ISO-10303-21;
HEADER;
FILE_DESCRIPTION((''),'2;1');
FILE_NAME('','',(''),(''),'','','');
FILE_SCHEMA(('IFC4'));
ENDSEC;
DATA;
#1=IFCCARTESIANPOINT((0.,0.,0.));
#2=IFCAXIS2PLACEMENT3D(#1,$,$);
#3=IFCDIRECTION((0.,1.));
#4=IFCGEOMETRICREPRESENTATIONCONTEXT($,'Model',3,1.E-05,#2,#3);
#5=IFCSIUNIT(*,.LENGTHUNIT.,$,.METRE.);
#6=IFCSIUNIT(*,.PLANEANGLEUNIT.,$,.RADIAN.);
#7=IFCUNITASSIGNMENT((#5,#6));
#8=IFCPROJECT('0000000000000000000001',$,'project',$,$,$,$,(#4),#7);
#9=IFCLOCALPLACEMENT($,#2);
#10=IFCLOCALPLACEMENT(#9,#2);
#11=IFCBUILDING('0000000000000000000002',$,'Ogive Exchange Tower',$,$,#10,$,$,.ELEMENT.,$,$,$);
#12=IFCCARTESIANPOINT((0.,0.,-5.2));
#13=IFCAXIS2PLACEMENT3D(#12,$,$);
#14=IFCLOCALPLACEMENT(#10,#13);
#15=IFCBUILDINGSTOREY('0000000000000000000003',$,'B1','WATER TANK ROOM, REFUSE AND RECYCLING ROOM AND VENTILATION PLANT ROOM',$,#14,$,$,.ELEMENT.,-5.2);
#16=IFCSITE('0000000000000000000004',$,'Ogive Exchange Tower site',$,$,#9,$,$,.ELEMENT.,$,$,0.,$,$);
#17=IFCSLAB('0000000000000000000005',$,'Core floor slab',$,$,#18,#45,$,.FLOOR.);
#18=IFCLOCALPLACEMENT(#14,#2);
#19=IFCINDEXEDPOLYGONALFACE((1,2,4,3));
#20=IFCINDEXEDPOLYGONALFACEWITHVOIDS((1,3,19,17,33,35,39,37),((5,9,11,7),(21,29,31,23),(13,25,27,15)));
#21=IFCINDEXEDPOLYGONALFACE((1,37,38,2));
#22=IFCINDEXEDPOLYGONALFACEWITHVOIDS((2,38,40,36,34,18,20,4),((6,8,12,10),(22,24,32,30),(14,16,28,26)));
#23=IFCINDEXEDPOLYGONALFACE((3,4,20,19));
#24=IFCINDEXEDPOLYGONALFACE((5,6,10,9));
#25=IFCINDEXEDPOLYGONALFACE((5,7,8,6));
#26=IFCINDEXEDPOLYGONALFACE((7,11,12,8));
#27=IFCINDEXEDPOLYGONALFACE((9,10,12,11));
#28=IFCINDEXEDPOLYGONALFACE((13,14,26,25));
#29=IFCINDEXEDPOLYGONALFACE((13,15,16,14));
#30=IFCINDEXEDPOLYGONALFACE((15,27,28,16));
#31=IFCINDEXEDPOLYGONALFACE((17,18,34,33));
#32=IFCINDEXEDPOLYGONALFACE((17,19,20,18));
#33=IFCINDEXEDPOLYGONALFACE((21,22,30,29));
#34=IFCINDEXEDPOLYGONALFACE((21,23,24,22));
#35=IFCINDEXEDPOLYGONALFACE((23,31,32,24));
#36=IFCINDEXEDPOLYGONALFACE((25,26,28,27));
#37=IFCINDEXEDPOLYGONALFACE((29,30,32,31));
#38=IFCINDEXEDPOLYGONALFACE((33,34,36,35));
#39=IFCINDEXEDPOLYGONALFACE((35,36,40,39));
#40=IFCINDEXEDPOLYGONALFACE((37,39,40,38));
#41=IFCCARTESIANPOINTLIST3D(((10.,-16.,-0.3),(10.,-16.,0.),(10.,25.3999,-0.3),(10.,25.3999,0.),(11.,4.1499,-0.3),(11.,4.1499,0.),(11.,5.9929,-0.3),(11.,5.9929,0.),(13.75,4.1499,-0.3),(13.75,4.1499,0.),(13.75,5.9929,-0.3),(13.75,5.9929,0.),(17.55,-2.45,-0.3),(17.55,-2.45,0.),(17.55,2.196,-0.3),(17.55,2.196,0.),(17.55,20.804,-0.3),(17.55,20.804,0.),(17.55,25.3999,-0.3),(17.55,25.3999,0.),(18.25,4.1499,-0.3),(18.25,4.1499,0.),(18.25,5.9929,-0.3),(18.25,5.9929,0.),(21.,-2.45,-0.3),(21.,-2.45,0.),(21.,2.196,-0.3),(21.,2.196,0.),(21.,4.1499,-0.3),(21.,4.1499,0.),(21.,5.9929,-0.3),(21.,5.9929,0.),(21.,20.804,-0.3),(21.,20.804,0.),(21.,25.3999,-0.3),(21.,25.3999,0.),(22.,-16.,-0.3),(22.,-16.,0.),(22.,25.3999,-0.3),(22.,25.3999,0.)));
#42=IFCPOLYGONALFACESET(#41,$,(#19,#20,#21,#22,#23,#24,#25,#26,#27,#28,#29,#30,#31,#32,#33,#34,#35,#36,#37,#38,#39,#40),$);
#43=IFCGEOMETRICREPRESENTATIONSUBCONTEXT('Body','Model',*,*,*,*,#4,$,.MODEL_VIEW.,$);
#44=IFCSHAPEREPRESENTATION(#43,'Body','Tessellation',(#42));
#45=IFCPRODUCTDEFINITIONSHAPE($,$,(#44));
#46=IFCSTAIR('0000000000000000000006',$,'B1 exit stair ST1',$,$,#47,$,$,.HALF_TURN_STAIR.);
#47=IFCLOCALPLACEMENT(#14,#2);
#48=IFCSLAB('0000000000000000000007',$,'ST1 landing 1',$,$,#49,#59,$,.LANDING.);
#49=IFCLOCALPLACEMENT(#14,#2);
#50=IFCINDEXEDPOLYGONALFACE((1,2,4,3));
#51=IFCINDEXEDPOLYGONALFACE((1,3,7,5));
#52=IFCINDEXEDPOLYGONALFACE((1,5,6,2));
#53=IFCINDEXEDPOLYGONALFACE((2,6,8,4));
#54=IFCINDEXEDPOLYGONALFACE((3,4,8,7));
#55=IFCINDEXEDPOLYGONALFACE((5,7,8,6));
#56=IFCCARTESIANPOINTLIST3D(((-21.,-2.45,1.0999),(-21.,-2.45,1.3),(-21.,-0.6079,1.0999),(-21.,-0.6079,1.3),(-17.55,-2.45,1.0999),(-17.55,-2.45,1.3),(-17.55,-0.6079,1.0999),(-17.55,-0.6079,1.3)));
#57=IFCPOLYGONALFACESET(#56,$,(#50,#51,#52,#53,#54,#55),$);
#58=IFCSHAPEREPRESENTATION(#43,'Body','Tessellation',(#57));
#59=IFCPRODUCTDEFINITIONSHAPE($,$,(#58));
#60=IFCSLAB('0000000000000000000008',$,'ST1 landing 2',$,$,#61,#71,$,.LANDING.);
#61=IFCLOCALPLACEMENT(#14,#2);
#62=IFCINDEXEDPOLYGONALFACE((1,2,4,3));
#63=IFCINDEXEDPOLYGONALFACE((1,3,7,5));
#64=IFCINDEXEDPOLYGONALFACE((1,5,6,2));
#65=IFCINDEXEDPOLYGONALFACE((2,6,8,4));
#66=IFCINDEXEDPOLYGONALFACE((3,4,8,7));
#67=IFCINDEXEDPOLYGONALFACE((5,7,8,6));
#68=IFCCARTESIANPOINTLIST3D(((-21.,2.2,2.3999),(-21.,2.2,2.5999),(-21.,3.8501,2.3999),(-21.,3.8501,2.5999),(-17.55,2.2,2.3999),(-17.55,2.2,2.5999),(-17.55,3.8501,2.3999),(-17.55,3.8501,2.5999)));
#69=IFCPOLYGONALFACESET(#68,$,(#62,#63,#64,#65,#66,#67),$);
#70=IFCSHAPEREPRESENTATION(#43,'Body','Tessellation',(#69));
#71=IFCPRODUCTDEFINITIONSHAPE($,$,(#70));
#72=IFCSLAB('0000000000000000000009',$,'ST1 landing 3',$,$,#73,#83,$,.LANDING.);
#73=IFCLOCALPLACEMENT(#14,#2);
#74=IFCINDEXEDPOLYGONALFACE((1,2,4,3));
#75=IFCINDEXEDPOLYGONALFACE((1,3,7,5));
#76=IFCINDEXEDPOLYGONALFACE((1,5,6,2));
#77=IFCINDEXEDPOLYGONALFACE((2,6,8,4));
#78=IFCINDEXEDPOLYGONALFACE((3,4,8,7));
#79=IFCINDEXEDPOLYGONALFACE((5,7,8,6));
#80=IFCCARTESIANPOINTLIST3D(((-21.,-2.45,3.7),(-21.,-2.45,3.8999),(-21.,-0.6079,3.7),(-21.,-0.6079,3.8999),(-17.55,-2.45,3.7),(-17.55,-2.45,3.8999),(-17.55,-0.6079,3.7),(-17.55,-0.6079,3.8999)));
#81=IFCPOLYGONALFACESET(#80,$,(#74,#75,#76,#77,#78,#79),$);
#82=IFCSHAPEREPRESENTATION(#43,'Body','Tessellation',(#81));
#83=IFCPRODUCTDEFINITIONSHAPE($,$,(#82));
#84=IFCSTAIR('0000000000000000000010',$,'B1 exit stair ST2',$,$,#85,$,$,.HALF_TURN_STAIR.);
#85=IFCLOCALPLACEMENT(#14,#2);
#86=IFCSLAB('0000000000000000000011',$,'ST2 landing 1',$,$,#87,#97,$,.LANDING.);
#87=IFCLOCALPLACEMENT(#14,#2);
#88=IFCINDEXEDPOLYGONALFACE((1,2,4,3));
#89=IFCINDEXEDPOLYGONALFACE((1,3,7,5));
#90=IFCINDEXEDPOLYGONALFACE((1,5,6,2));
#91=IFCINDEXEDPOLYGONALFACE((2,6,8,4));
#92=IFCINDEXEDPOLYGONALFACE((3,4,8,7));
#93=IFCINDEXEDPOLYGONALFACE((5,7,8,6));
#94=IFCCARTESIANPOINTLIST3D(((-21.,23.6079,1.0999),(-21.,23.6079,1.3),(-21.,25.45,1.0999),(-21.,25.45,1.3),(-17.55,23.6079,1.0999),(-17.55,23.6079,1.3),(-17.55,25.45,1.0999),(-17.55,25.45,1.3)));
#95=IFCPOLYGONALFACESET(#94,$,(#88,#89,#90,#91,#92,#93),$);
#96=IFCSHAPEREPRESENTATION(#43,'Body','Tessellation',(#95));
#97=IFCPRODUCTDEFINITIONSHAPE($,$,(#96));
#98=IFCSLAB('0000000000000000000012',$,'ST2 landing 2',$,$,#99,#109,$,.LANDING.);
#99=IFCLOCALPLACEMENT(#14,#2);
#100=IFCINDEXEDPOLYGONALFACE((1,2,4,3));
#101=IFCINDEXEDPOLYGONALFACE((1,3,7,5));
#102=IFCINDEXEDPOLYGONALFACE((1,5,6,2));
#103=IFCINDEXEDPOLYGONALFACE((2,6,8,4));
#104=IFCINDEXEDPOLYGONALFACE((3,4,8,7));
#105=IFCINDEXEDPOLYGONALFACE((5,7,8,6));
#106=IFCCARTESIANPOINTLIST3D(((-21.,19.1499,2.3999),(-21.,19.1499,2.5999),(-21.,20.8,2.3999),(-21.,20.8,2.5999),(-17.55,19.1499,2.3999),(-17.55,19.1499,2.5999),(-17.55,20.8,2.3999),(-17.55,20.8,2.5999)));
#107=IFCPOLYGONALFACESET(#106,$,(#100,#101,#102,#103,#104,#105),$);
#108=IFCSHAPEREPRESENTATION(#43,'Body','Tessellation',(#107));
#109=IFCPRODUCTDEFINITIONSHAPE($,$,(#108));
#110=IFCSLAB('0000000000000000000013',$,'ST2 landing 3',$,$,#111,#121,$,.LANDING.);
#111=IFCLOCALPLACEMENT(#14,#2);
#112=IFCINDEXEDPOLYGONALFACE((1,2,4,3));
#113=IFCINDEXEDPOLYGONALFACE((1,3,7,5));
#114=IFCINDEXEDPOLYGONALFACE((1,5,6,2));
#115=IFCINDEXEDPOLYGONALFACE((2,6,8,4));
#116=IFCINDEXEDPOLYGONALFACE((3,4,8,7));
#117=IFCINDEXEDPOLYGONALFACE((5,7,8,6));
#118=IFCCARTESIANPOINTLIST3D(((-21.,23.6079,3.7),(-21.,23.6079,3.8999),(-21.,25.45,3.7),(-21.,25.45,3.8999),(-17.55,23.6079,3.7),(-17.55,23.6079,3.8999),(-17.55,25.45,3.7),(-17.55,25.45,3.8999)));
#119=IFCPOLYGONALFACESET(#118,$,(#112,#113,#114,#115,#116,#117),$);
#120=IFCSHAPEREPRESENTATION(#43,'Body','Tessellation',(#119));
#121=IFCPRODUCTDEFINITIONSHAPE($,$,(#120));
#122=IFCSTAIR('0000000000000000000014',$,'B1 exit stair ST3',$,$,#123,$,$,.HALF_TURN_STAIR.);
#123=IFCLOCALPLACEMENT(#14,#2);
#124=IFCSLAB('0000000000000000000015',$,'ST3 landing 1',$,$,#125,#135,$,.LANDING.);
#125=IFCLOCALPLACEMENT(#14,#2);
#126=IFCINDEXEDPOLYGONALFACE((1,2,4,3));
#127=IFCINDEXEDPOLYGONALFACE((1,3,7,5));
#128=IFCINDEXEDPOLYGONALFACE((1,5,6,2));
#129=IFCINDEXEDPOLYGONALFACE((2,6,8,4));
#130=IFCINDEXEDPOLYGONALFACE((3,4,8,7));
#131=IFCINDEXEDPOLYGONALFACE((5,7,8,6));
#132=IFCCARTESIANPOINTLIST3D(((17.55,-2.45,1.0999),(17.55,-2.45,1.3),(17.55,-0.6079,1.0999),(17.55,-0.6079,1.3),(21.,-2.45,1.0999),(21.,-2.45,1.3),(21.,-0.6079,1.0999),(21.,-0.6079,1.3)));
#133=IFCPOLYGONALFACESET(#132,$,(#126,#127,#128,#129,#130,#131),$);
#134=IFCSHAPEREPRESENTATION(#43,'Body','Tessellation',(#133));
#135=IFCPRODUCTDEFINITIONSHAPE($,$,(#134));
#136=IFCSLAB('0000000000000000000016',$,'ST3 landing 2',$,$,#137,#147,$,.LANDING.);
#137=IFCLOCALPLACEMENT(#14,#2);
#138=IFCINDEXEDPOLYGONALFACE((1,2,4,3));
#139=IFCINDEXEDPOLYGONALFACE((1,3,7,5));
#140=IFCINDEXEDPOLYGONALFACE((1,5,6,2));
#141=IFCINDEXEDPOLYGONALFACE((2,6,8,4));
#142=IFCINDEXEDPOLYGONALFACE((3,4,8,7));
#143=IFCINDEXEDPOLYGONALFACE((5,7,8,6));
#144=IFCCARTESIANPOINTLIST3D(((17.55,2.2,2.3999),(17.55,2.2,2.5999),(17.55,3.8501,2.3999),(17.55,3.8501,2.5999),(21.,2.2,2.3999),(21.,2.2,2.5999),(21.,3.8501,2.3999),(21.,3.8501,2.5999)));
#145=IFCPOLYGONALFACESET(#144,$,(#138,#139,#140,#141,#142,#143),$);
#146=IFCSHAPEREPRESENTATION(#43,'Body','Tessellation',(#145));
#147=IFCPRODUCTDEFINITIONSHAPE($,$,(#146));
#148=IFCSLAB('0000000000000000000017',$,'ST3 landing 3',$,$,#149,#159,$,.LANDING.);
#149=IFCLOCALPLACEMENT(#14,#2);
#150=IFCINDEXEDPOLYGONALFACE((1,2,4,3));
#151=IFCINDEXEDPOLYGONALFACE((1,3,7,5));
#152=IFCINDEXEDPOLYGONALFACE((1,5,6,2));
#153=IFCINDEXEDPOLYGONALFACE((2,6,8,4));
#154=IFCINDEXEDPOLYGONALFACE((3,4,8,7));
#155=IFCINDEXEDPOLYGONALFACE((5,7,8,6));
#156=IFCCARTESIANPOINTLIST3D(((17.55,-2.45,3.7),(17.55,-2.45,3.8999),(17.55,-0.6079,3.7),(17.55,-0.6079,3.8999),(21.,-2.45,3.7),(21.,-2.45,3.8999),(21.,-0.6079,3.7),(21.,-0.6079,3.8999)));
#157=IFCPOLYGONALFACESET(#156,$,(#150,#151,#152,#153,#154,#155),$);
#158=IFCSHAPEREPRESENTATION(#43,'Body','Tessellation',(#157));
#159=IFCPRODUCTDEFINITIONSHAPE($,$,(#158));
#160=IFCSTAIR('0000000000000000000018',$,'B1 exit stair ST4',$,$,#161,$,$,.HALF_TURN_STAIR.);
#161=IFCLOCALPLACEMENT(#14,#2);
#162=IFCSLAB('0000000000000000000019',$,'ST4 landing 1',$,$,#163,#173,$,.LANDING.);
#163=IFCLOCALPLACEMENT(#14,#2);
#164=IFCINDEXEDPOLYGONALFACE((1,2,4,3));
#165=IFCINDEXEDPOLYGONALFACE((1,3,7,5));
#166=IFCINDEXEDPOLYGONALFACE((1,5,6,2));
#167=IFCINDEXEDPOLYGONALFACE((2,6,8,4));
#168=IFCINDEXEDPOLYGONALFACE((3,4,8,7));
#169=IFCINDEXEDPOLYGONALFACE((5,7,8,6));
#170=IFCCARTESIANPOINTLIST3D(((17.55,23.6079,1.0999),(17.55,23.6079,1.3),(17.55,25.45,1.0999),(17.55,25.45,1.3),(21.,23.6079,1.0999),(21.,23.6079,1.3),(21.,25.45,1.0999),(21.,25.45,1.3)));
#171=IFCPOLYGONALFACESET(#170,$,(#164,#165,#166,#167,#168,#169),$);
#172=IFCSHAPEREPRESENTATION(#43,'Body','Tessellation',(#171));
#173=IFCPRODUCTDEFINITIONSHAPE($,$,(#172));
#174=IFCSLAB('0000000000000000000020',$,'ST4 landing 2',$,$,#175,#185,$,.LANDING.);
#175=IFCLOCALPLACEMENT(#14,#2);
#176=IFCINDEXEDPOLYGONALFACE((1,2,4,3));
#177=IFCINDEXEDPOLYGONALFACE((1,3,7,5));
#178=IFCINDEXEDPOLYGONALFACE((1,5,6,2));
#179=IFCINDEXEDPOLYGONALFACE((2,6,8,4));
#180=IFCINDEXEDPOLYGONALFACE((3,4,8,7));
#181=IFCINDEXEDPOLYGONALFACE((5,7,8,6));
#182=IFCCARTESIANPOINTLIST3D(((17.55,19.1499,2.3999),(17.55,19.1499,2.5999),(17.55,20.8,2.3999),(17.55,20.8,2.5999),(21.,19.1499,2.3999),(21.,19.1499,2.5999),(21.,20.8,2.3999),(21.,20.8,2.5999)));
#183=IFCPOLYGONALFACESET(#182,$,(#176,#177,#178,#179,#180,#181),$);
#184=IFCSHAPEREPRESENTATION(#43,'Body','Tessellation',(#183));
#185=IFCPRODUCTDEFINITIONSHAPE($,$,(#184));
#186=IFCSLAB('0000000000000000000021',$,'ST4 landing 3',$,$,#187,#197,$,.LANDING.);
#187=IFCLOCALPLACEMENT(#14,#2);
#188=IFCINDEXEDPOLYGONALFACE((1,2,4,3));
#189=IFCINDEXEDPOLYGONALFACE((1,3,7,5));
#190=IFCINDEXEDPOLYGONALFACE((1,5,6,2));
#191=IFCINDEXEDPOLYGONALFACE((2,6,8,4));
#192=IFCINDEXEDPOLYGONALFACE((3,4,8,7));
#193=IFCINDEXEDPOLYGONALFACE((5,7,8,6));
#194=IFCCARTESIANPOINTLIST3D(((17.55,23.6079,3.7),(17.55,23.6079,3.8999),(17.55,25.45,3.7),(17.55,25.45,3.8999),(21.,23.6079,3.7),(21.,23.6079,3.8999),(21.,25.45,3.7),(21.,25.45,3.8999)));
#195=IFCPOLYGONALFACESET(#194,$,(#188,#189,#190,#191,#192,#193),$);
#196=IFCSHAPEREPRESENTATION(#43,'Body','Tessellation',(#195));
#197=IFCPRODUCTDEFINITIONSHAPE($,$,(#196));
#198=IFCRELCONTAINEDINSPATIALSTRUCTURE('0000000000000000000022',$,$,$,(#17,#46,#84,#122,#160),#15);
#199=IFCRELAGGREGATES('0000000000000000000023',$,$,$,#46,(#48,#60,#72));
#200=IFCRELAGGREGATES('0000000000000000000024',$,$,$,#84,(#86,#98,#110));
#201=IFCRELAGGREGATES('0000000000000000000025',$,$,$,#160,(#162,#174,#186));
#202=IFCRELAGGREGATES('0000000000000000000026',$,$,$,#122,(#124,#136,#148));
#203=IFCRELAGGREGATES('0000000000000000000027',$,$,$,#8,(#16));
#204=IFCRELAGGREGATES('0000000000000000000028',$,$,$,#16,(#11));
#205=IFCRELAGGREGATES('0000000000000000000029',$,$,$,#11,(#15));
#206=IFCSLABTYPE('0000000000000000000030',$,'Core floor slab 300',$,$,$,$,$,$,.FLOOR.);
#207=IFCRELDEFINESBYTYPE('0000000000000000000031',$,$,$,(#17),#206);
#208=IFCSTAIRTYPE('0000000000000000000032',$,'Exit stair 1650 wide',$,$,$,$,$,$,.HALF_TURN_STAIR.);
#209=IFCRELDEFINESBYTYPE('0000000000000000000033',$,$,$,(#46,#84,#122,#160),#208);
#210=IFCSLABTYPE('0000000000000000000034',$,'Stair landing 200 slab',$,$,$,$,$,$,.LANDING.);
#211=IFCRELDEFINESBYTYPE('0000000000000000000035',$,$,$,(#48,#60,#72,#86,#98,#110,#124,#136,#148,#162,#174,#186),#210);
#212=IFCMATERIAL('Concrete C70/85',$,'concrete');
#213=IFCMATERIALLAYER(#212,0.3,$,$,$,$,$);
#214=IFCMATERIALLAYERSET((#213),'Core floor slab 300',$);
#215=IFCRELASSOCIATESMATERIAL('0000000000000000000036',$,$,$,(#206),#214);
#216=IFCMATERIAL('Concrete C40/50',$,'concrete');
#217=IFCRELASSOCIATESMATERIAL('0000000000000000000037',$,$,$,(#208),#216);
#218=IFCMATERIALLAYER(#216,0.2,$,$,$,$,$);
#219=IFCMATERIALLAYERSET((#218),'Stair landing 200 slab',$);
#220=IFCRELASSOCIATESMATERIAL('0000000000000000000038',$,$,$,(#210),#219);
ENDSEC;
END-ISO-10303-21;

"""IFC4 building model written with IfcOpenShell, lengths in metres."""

from ifc_helpers import new_model, si_unit, direction, frame, origin, place, context, subcontext, project, spatial, polyline, outline, extrude, material, layer, layer_set, type_object, element, aggregate, save


model = new_model("IFC4")

# Units and contexts
model_context = context("Model", 3, precision=1e-05, world=origin(), true_north=direction((0.0, 1.0)))
body_context = subcontext(model_context, "Body", "Model", "MODEL_VIEW")
ifc_project = project(units=[si_unit("LENGTHUNIT", "METRE"), si_unit("PLANEANGLEUNIT", "RADIAN")], contexts=[model_context])

# Site, building, storey
site_placement = place(None, origin())
site = spatial("IfcSite", under=ifc_project, at=site_placement, Name="Ogive Exchange Tower site", CompositionType="ELEMENT", RefElevation=0.0)
building_placement = place(site_placement, origin())
building = spatial("IfcBuilding", under=site, at=building_placement, Name="Ogive Exchange Tower", CompositionType="ELEMENT")
storey_placement = place(building_placement, frame((0.0, 0.0, -5.2)))
storey = spatial("IfcBuildingStorey", under=building, at=storey_placement, Name="B1", Description="WATER TANK ROOM, REFUSE AND RECYCLING ROOM AND VENTILATION PLANT ROOM", CompositionType="ELEMENT", Elevation=-5.2)

# Slab
ifc_material_1 = material(Name="Concrete C70/85", Category="concrete")
ifc_layer_1 = layer(ifc_material_1, 0.3)
ifc_layer_set_1 = layer_set([ifc_layer_1], Name="Core floor slab 300")
slab_type_1 = type_object("IfcSlabType", Name="Core floor slab 300", PredefinedType="FLOOR", material=ifc_layer_set_1)
slab_1_placement = place(storey_placement, frame((0.0, 0.0, -0.3)))
element("IfcSlab", 1, at=slab_1_placement, inside=storey, type_object=slab_type_1, Name="Core floor slab", PredefinedType="FLOOR", context=body_context, shape_type="SweptSolid", body=[
    extrude(outline(polyline([(22.0, 25.3999), (22.0, -16.0), (10.0, -16.0), (10.0, 25.3999), (17.55, 25.3999), (17.55, 20.804), (21.0, 20.804), (21.0, 25.3999), (22.0, 25.3999)]), holes=[polyline([(21.0, 2.196), (17.55, 2.196), (17.55, -2.45), (21.0, -2.45), (21.0, 2.196)]), polyline([(11.0, 5.9929), (11.0, 4.1499), (13.75, 4.1499), (13.75, 5.9929), (11.0, 5.9929)]), polyline([(18.25, 5.9929), (18.25, 4.1499), (21.0, 4.1499), (21.0, 5.9929), (18.25, 5.9929)])]), origin(), (0.0, 0.0, 1.0), 0.3),
])

# Stairs, slabs
ifc_material_2 = material(Name="Concrete C40/50", Category="concrete")
stair_type = type_object("IfcStairType", Name="Exit stair 1650 wide", PredefinedType="HALF_TURN_STAIR", material=ifc_material_2)
stair_1_placement = place(storey_placement, origin())
stair_1 = element("IfcStair", 2, at=stair_1_placement, inside=storey, type_object=stair_type, Name="B1 exit stair ST1", PredefinedType="HALF_TURN_STAIR")
ifc_layer_2 = layer(ifc_material_2, 0.2)
ifc_layer_set_2 = layer_set([ifc_layer_2], Name="Stair landing 200 slab")
slab_type_2 = type_object("IfcSlabType", Name="Stair landing 200 slab", PredefinedType="LANDING", material=ifc_layer_set_2)
slab_2_placement = place(storey_placement, frame((0.0, 0.0, 1.0999)))
slab_2 = element("IfcSlab", 3, at=slab_2_placement, type_object=slab_type_2, Name="ST1 landing 1", PredefinedType="LANDING", context=body_context, shape_type="SweptSolid", body=[
    extrude(outline(polyline([(-21.0, -0.6079), (-21.0, -2.45), (-17.55, -2.45), (-17.55, -0.6079), (-21.0, -0.6079)])), origin(), (0.0, 0.0, 1.0), 0.2002),
])
slab_3_placement = place(storey_placement, frame((0.0, 0.0, 2.3999)))
slab_3 = element("IfcSlab", 4, at=slab_3_placement, type_object=slab_type_2, Name="ST1 landing 2", PredefinedType="LANDING", context=body_context, shape_type="SweptSolid", body=[
    extrude(outline(polyline([(-21.0, 3.8501), (-21.0, 2.2), (-17.55, 2.2), (-17.55, 3.8501), (-21.0, 3.8501)])), origin(), (0.0, 0.0, 1.0), 0.2),
])
slab_4_placement = place(storey_placement, frame((0.0, 0.0, 3.7)))
slab_4 = element("IfcSlab", 5, at=slab_4_placement, type_object=slab_type_2, Name="ST1 landing 3", PredefinedType="LANDING", context=body_context, shape_type="SweptSolid", body=[
    extrude(outline(polyline([(-21.0, -0.6079), (-21.0, -2.45), (-17.55, -2.45), (-17.55, -0.6079), (-21.0, -0.6079)])), origin(), (0.0, 0.0, 1.0), 0.2),
])
aggregate(stair_1, [slab_2, slab_3, slab_4])
stair_2_placement = place(storey_placement, origin())
stair_2 = element("IfcStair", 6, at=stair_2_placement, inside=storey, type_object=stair_type, Name="B1 exit stair ST2", PredefinedType="HALF_TURN_STAIR")
slab_5_placement = place(storey_placement, frame((0.0, 0.0, 1.0999)))
slab_5 = element("IfcSlab", 7, at=slab_5_placement, type_object=slab_type_2, Name="ST2 landing 1", PredefinedType="LANDING", context=body_context, shape_type="SweptSolid", body=[
    extrude(outline(polyline([(-17.55, 23.6079), (-17.55, 25.45), (-21.0, 25.45), (-21.0, 23.6079), (-17.55, 23.6079)])), origin(), (0.0, 0.0, 1.0), 0.2002),
])
slab_6_placement = place(storey_placement, frame((0.0, 0.0, 2.3999)))
slab_6 = element("IfcSlab", 8, at=slab_6_placement, type_object=slab_type_2, Name="ST2 landing 2", PredefinedType="LANDING", context=body_context, shape_type="SweptSolid", body=[
    extrude(outline(polyline([(-17.55, 19.1499), (-17.55, 20.8), (-21.0, 20.8), (-21.0, 19.1499), (-17.55, 19.1499)])), origin(), (0.0, 0.0, 1.0), 0.2),
])
slab_7_placement = place(storey_placement, frame((0.0, 0.0, 3.7)))
slab_7 = element("IfcSlab", 9, at=slab_7_placement, type_object=slab_type_2, Name="ST2 landing 3", PredefinedType="LANDING", context=body_context, shape_type="SweptSolid", body=[
    extrude(outline(polyline([(-17.55, 23.6079), (-17.55, 25.45), (-21.0, 25.45), (-21.0, 23.6079), (-17.55, 23.6079)])), origin(), (0.0, 0.0, 1.0), 0.2),
])
aggregate(stair_2, [slab_5, slab_6, slab_7])
stair_3_placement = place(storey_placement, origin())
stair_3 = element("IfcStair", 10, at=stair_3_placement, inside=storey, type_object=stair_type, Name="B1 exit stair ST3", PredefinedType="HALF_TURN_STAIR")
slab_8_placement = place(storey_placement, frame((0.0, 0.0, 1.0999)))
slab_8 = element("IfcSlab", 11, at=slab_8_placement, type_object=slab_type_2, Name="ST3 landing 1", PredefinedType="LANDING", context=body_context, shape_type="SweptSolid", body=[
    extrude(outline(polyline([(17.55, -0.6079), (17.55, -2.45), (21.0, -2.45), (21.0, -0.6079), (17.55, -0.6079)])), origin(), (0.0, 0.0, 1.0), 0.2002),
])
slab_9_placement = place(storey_placement, frame((0.0, 0.0, 2.3999)))
slab_9 = element("IfcSlab", 12, at=slab_9_placement, type_object=slab_type_2, Name="ST3 landing 2", PredefinedType="LANDING", context=body_context, shape_type="SweptSolid", body=[
    extrude(outline(polyline([(17.55, 3.8501), (17.55, 2.2), (21.0, 2.2), (21.0, 3.8501), (17.55, 3.8501)])), origin(), (0.0, 0.0, 1.0), 0.2),
])
slab_10_placement = place(storey_placement, frame((0.0, 0.0, 3.7)))
slab_10 = element("IfcSlab", 13, at=slab_10_placement, type_object=slab_type_2, Name="ST3 landing 3", PredefinedType="LANDING", context=body_context, shape_type="SweptSolid", body=[
    extrude(outline(polyline([(17.55, -0.6079), (17.55, -2.45), (21.0, -2.45), (21.0, -0.6079), (17.55, -0.6079)])), origin(), (0.0, 0.0, 1.0), 0.2),
])
stair_4_placement = place(storey_placement, origin())
stair_4 = element("IfcStair", 14, at=stair_4_placement, inside=storey, type_object=stair_type, Name="B1 exit stair ST4", PredefinedType="HALF_TURN_STAIR")
slab_11_placement = place(storey_placement, frame((0.0, 0.0, 1.0999)))
slab_11 = element("IfcSlab", 15, at=slab_11_placement, type_object=slab_type_2, Name="ST4 landing 1", PredefinedType="LANDING", context=body_context, shape_type="SweptSolid", body=[
    extrude(outline(polyline([(21.0, 23.6079), (21.0, 25.45), (17.55, 25.45), (17.55, 23.6079), (21.0, 23.6079)])), origin(), (0.0, 0.0, 1.0), 0.2002),
])
slab_12_placement = place(storey_placement, frame((0.0, 0.0, 2.3999)))
slab_12 = element("IfcSlab", 16, at=slab_12_placement, type_object=slab_type_2, Name="ST4 landing 2", PredefinedType="LANDING", context=body_context, shape_type="SweptSolid", body=[
    extrude(outline(polyline([(21.0, 19.1499), (21.0, 20.8), (17.55, 20.8), (17.55, 19.1499), (21.0, 19.1499)])), origin(), (0.0, 0.0, 1.0), 0.2),
])
slab_13_placement = place(storey_placement, frame((0.0, 0.0, 3.7)))
slab_13 = element("IfcSlab", 17, at=slab_13_placement, type_object=slab_type_2, Name="ST4 landing 3", PredefinedType="LANDING", context=body_context, shape_type="SweptSolid", body=[
    extrude(outline(polyline([(21.0, 23.6079), (21.0, 25.45), (17.55, 25.45), (17.55, 23.6079), (21.0, 23.6079)])), origin(), (0.0, 0.0, 1.0), 0.2),
])
aggregate(stair_4, [slab_11, slab_12, slab_13])

aggregate(stair_3, [slab_8, slab_9, slab_10])

save(model, "model.ifc")
